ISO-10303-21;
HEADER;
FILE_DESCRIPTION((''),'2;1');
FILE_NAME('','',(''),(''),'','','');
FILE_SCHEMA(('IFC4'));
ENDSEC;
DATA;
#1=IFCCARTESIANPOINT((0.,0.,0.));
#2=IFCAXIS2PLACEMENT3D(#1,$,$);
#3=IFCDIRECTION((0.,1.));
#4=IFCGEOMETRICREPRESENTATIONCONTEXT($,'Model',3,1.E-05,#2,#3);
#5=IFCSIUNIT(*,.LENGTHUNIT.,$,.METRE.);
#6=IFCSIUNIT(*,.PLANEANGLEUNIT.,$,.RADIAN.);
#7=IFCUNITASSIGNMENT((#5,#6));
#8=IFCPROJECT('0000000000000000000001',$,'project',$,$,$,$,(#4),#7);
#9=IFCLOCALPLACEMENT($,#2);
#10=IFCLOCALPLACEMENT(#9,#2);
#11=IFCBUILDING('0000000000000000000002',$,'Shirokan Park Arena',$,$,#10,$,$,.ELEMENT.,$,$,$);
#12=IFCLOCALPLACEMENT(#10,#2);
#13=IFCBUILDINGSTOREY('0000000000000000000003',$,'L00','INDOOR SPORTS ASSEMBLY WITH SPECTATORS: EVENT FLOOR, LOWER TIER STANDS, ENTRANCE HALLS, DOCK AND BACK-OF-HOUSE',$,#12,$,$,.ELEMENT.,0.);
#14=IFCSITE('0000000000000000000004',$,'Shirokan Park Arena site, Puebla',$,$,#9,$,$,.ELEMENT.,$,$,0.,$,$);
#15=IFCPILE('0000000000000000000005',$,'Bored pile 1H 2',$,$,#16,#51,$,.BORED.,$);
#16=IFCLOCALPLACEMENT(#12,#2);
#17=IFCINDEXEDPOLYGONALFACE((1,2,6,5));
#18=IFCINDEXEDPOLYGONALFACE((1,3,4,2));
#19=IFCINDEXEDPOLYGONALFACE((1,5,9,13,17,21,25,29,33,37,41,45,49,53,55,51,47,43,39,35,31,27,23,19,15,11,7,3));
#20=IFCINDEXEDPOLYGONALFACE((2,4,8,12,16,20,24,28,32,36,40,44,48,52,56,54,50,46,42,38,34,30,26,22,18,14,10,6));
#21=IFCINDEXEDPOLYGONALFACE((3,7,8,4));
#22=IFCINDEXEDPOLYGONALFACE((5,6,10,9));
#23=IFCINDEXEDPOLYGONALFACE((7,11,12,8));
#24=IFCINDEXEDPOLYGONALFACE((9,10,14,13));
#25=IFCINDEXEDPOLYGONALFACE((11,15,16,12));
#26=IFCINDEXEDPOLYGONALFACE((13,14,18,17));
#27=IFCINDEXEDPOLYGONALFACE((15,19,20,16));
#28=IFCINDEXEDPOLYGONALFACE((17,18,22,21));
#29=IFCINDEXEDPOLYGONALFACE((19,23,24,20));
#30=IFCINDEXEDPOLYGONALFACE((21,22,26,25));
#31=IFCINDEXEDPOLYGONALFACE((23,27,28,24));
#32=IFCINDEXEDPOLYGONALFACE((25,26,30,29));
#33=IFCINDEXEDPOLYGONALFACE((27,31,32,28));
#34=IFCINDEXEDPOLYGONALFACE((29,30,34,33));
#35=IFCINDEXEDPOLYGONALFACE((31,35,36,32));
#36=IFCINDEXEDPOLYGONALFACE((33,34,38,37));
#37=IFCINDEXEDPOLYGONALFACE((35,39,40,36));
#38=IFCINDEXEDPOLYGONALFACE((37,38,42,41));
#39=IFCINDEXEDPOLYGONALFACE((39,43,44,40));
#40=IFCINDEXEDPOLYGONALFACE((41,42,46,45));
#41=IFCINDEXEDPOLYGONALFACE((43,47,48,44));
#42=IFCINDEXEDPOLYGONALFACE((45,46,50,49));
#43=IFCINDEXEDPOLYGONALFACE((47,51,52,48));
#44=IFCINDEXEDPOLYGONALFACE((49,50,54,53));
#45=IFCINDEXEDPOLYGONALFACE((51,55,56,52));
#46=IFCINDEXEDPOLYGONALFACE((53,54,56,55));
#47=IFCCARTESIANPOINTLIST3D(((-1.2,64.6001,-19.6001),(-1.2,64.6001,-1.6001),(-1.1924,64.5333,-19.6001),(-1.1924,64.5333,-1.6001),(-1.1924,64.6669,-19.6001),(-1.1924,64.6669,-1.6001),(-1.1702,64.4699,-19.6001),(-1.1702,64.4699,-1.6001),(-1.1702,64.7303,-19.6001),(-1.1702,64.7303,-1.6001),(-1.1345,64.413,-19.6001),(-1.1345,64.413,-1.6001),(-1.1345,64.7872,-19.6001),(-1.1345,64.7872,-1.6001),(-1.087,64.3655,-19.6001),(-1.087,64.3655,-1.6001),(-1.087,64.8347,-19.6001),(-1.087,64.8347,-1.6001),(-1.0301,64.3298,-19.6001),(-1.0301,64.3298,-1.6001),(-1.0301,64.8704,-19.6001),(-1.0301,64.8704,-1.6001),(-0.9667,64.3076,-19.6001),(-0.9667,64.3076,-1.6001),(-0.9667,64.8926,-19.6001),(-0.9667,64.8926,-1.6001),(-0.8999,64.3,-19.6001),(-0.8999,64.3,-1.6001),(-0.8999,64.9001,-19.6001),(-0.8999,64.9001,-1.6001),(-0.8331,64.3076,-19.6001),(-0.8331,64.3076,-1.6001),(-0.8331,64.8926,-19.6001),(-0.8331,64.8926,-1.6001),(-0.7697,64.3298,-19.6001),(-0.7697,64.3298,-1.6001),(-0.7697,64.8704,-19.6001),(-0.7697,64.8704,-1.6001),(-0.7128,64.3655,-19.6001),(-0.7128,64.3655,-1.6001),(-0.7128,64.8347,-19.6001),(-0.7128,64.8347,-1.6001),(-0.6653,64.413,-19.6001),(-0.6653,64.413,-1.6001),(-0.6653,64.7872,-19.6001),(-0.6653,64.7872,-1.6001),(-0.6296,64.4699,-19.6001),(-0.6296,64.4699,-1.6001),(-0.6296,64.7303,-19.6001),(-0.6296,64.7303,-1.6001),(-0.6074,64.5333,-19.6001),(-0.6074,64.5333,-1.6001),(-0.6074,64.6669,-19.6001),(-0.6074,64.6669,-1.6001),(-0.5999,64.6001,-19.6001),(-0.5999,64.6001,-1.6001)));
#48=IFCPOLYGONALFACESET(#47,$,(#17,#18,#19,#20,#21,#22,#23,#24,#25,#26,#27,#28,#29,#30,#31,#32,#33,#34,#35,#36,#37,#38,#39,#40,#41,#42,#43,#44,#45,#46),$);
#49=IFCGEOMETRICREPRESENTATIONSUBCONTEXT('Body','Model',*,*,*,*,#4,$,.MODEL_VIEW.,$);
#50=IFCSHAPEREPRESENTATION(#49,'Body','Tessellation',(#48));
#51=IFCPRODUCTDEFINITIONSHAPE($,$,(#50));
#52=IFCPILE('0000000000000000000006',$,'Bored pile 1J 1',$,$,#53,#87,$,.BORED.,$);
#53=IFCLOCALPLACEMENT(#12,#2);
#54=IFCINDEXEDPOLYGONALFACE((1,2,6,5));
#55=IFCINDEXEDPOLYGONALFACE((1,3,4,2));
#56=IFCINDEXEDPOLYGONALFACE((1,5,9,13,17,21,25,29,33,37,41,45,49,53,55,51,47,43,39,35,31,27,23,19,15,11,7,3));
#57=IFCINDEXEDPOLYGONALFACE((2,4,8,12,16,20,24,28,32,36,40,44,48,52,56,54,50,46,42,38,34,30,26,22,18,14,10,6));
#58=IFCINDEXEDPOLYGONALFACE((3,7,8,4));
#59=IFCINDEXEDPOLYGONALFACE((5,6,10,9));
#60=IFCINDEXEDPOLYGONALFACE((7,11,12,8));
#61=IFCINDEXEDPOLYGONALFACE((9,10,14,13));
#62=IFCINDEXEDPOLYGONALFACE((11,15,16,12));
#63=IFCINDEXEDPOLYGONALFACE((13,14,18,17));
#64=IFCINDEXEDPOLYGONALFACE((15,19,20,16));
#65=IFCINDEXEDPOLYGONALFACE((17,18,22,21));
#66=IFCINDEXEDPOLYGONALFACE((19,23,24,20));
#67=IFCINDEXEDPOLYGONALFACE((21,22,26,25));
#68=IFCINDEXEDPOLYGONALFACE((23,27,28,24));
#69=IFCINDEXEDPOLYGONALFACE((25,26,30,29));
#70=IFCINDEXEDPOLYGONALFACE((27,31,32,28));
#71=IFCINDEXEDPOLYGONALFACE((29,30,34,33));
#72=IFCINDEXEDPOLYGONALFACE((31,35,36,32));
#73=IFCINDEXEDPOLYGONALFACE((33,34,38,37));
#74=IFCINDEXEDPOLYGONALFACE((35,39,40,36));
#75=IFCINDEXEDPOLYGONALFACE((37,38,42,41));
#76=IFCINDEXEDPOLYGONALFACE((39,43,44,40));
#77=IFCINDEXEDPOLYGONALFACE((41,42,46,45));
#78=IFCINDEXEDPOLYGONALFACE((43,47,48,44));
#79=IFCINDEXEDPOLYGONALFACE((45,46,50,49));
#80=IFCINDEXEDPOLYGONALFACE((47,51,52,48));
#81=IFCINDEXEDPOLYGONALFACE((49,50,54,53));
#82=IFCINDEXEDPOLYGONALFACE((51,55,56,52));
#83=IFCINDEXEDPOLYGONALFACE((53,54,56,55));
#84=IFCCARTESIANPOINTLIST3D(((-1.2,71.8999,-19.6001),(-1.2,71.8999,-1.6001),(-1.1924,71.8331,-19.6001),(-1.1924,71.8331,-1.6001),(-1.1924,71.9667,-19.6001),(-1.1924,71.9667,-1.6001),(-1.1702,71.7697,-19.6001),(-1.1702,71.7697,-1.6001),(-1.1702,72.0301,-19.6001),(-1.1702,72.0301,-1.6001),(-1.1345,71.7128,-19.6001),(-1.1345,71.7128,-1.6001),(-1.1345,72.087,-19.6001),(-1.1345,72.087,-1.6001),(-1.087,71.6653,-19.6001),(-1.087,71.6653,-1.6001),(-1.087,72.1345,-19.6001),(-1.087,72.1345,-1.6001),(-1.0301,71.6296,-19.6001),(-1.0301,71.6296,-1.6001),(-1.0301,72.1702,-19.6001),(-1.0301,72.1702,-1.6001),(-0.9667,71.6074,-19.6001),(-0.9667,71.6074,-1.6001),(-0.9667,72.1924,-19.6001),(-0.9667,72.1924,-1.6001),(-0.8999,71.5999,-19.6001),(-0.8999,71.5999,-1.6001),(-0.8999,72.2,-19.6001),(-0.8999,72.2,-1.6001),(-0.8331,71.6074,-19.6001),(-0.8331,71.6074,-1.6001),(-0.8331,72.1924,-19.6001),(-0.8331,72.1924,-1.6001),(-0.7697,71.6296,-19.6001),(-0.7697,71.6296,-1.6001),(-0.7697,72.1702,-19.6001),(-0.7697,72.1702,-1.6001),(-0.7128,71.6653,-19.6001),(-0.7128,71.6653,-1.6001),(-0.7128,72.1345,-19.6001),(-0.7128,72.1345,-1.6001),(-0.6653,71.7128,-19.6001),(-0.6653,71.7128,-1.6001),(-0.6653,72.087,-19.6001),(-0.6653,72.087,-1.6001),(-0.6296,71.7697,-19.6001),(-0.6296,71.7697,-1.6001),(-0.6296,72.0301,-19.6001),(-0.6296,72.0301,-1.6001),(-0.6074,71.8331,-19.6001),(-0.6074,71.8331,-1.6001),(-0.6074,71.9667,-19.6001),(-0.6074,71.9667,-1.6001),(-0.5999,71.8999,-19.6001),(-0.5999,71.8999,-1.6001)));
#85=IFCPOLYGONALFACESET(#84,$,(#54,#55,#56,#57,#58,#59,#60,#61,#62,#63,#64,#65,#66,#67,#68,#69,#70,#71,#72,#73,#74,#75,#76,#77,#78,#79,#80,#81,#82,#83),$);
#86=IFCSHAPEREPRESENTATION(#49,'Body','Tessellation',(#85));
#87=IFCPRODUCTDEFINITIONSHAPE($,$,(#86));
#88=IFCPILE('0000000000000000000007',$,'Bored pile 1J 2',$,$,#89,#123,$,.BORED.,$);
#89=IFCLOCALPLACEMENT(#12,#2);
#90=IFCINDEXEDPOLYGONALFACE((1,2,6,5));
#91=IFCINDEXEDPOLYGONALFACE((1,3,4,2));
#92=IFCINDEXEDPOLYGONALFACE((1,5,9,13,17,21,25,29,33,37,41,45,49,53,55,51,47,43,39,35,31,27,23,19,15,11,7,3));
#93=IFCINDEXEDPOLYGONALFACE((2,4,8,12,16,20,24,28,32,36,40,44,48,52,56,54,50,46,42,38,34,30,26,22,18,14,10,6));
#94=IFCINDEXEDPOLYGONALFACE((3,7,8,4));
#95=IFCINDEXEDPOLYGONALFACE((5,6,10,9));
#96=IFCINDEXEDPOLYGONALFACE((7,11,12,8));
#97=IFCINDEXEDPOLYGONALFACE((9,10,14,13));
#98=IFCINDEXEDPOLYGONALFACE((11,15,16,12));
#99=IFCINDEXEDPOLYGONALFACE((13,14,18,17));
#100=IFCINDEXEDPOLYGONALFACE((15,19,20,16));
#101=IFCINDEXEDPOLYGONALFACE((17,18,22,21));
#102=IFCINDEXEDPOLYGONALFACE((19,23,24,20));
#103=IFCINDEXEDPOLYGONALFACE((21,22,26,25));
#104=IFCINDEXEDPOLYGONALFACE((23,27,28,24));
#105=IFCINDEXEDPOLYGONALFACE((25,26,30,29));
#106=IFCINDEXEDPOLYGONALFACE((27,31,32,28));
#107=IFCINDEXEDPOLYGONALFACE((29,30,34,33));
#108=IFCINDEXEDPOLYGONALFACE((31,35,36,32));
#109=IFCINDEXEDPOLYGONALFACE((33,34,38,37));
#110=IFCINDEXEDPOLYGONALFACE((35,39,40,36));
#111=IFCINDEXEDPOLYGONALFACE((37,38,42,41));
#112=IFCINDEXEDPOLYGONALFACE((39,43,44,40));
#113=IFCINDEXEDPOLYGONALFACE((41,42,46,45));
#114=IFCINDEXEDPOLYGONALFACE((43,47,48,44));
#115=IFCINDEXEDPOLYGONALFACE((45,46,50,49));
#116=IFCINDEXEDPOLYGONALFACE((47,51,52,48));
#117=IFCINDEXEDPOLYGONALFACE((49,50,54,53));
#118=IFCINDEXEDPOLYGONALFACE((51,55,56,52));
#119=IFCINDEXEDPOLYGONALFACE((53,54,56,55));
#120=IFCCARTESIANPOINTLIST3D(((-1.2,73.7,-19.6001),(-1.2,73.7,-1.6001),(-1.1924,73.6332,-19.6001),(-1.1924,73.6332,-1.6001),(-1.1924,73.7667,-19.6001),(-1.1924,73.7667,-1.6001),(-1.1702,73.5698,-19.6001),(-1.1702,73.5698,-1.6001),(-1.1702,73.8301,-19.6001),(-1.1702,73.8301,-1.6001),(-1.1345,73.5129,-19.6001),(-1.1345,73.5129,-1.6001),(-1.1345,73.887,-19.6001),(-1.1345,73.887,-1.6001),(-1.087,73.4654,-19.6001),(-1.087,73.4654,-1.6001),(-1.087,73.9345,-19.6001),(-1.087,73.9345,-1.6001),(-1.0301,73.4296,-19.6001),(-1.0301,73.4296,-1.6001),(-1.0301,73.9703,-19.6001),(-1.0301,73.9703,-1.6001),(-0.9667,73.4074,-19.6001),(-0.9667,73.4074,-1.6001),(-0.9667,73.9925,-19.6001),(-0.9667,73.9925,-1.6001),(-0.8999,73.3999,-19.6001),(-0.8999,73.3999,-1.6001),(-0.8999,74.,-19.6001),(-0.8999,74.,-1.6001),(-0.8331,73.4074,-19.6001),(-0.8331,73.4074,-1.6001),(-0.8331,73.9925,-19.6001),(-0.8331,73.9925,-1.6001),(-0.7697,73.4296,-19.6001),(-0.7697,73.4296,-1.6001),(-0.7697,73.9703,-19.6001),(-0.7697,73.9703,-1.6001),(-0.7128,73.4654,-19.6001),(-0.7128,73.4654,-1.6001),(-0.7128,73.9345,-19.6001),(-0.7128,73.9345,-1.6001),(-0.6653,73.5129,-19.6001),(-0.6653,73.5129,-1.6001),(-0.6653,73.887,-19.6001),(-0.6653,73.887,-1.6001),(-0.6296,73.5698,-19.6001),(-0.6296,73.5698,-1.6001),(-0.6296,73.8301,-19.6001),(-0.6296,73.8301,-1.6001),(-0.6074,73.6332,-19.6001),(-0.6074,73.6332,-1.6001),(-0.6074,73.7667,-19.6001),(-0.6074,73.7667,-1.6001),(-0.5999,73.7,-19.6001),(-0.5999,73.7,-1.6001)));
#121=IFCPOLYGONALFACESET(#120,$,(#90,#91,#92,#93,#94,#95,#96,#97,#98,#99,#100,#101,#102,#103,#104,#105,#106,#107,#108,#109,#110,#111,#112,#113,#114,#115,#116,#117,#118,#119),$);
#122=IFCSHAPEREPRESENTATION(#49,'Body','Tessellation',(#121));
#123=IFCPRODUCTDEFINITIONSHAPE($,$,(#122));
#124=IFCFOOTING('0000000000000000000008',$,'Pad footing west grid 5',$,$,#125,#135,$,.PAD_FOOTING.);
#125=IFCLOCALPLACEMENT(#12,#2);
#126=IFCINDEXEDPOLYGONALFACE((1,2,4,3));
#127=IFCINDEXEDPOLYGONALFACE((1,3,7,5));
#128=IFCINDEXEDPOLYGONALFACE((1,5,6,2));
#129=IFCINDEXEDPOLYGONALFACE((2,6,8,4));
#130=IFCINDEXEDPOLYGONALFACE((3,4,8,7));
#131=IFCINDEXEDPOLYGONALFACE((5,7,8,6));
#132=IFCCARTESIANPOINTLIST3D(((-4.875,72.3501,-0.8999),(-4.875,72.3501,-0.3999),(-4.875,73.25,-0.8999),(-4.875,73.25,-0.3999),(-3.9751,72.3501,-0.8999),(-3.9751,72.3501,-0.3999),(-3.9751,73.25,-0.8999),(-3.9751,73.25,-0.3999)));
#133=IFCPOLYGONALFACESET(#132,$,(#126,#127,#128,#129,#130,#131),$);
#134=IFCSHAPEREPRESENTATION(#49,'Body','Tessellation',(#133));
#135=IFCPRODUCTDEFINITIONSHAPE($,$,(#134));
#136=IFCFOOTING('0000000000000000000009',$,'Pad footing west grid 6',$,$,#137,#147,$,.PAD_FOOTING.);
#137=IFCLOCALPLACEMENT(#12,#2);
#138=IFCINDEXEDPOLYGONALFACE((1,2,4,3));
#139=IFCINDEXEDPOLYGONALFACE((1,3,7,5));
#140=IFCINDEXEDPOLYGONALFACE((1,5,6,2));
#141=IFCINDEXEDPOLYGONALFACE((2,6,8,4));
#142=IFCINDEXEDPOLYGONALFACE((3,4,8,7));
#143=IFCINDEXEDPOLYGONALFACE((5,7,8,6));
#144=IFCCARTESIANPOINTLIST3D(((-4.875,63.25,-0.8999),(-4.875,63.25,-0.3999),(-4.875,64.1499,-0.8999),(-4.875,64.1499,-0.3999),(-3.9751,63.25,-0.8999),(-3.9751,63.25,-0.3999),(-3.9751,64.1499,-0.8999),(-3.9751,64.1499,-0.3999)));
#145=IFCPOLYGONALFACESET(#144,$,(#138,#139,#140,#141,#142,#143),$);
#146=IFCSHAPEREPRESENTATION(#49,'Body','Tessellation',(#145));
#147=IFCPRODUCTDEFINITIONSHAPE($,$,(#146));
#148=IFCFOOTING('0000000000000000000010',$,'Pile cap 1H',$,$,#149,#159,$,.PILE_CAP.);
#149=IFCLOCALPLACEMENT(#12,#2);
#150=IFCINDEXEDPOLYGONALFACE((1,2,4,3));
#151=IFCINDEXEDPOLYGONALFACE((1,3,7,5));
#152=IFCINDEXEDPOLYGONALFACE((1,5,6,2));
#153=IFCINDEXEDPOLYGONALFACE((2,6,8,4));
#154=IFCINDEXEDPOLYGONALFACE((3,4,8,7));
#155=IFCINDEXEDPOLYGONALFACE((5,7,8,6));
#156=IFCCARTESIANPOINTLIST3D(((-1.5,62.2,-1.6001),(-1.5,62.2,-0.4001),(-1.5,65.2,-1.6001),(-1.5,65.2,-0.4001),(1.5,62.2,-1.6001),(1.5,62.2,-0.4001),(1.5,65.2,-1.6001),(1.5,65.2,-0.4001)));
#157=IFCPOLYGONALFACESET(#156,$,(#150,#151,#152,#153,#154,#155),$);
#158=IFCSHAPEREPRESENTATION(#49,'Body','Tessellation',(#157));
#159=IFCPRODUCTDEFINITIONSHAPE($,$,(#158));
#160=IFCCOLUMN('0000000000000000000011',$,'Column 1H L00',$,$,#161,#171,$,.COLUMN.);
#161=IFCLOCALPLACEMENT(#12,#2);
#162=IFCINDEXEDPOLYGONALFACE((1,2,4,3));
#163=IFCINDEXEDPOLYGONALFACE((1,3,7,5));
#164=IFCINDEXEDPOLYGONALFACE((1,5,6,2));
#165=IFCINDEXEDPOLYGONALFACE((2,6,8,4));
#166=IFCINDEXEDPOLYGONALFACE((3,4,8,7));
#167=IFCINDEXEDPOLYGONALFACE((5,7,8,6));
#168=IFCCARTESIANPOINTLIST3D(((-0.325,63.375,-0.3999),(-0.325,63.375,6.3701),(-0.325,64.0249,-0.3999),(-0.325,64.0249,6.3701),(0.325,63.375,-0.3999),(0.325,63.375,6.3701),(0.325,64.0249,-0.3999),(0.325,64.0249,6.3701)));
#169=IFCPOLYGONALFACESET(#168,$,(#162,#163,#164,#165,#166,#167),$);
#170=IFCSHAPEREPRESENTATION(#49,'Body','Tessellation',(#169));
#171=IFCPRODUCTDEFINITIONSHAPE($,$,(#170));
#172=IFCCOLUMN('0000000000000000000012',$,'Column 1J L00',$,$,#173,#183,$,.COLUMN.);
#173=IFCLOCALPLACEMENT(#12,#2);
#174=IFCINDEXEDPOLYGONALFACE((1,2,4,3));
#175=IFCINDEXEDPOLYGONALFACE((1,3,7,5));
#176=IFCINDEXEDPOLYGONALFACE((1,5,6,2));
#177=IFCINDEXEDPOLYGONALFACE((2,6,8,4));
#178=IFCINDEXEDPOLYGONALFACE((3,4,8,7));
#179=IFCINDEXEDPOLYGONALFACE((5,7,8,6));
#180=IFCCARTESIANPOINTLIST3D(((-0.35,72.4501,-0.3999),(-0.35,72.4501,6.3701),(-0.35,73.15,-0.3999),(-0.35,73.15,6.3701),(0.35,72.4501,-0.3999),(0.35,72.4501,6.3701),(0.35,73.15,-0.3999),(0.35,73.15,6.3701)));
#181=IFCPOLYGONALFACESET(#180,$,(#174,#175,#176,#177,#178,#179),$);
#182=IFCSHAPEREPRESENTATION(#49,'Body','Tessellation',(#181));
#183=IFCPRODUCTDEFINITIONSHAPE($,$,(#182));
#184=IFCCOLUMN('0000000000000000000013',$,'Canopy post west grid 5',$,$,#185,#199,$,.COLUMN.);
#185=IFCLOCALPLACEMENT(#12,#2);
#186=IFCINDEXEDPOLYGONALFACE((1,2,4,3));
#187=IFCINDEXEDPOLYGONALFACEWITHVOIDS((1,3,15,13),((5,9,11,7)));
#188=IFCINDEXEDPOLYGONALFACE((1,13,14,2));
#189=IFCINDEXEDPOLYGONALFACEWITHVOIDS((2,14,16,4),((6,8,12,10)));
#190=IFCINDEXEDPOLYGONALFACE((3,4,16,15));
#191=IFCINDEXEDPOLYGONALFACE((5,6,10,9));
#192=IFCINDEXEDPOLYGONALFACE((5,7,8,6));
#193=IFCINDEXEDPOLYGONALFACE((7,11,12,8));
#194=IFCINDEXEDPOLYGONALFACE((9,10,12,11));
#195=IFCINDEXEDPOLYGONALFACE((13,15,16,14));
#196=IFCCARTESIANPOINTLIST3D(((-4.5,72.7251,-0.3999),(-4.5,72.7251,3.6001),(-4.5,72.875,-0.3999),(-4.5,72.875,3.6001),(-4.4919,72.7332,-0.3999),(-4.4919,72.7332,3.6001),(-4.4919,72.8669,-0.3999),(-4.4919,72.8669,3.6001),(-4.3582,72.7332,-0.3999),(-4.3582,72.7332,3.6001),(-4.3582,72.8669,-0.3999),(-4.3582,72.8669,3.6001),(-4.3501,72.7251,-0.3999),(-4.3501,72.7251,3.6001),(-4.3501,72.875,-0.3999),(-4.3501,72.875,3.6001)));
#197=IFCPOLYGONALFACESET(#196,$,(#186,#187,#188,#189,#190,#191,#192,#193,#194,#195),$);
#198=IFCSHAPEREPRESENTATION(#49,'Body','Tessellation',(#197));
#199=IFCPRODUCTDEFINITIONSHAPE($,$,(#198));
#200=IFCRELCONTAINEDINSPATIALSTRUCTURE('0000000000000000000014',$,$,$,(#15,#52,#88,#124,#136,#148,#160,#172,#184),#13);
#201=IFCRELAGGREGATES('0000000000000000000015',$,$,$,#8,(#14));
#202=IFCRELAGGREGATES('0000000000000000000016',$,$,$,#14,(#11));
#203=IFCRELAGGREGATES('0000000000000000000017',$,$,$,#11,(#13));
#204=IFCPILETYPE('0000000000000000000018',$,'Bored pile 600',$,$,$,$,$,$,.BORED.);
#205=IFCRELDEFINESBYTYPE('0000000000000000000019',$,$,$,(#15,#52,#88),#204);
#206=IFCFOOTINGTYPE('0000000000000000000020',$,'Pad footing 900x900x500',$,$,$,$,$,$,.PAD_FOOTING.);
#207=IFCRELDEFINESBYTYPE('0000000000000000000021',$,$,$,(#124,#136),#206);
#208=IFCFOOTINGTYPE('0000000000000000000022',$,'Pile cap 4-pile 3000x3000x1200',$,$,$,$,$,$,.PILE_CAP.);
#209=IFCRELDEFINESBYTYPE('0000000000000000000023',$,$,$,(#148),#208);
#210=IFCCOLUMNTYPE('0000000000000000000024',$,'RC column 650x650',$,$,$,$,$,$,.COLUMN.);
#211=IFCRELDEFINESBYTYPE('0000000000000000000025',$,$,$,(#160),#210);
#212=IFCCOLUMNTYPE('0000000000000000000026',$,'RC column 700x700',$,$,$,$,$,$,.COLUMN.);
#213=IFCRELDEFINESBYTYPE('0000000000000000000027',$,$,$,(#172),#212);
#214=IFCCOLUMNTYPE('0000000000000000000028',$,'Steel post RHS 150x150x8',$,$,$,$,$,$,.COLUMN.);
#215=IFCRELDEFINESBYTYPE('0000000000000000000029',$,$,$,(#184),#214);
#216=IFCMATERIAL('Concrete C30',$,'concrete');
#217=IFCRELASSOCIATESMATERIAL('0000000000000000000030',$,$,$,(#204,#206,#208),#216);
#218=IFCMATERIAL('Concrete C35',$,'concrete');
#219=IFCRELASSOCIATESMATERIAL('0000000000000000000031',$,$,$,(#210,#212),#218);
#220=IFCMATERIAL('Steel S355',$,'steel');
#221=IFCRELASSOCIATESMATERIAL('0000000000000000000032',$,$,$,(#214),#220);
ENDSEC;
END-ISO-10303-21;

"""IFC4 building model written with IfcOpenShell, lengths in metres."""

from ifc_helpers import new_model, si_unit, direction, frame, origin, origin_2d, place, context, subcontext, project, spatial, rectangle, hollow_rectangle, circle, extrude, material, material_profile, profile_set, type_object, element, save


model = new_model("IFC4")

# Units and contexts
model_context = context("Model", 3, precision=1e-05, world=origin(), true_north=direction((0.0, 1.0)))
body_context = subcontext(model_context, "Body", "Model", "MODEL_VIEW")
ifc_project = project(units=[si_unit("LENGTHUNIT", "METRE"), si_unit("PLANEANGLEUNIT", "RADIAN")], contexts=[model_context])

# Site, building, storey
site_placement = place(None, origin())
site = spatial("IfcSite", under=ifc_project, at=site_placement, Name="Shirokan Park Arena site, Puebla", CompositionType="ELEMENT", RefElevation=0.0)
building_placement = place(site_placement, origin())
building = spatial("IfcBuilding", under=site, at=building_placement, Name="Shirokan Park Arena", CompositionType="ELEMENT")
storey_placement = place(building_placement, origin())
storey = spatial("IfcBuildingStorey", under=building, at=storey_placement, Name="L00", Description="INDOOR SPORTS ASSEMBLY WITH SPECTATORS: EVENT FLOOR, LOWER TIER STANDS, ENTRANCE HALLS, DOCK AND BACK-OF-HOUSE", CompositionType="ELEMENT", Elevation=0.0)

# Piles
ifc_material_1 = material(Name="Concrete C30", Category="concrete")
ifc_material_profile_1 = material_profile(ifc_material_1, circle(Radius=0.3, at=origin_2d()), Name="D600")
ifc_profile_set_1 = profile_set([ifc_material_profile_1], Name="Concrete C30")
pile_type = type_object("IfcPileType", Name="Bored pile 600", PredefinedType="BORED", material=ifc_profile_set_1)
for number, where, z_axis, x_axis, name in (
    (1, (-0.8999, 64.6001, -1.6001), (0.0, 0.0, -1.0), (1.0, 0.0, 0.0), "Bored pile 1H 2"),
    (2, (-0.8999, 71.8999, -1.6001), (0.0, 0.0, -1.0), (1.0, 0.0, 0.0), "Bored pile 1J 1"),
    (3, (-0.8999, 73.7, -1.6001), (0.0, 0.0, -1.0), (1.0, 0.0, 0.0), "Bored pile 1J 2"),
):
    element("IfcPile", number, at=place(storey_placement, frame(where, z_axis=z_axis, x_axis=x_axis)), inside=storey, type_object=pile_type, Name=name, PredefinedType="BORED", context=body_context, shape_type="SweptSolid", body=[
        extrude(circle(Radius=0.3, at=origin_2d()), origin(), (0.0, 0.0, 1.0), 18.0),
    ])

# Footings
footing_type_1 = type_object("IfcFootingType", Name="Pad footing 900x900x500", PredefinedType="PAD_FOOTING", material=ifc_material_1)
for number, where, z_axis, x_axis, name in (
    (4, (-4.425, 72.8, -0.8999), (0.0, 0.0, 1.0), (1.0, 0.0, 0.0), "Pad footing west grid 5"),
    (5, (-4.425, 63.7, -0.8999), (0.0, 0.0, 1.0), (1.0, 0.0, 0.0), "Pad footing west grid 6"),
):
    element("IfcFooting", number, at=place(storey_placement, frame(where, z_axis=z_axis, x_axis=x_axis)), inside=storey, type_object=footing_type_1, Name=name, PredefinedType="PAD_FOOTING", context=body_context, shape_type="SweptSolid", body=[
        extrude(rectangle(XDim=0.8999, YDim=0.8999, at=origin_2d()), origin(), (0.0, 0.0, 1.0), 0.5),
    ])
footing_type_2 = type_object("IfcFootingType", Name="Pile cap 4-pile 3000x3000x1200", PredefinedType="PILE_CAP", material=ifc_material_1)
footing_placement = place(storey_placement, frame((0.0, 63.7, -1.6001), z_axis=(0.0, 0.0, 1.0), x_axis=(1.0, 0.0, 0.0)))
element("IfcFooting", 6, at=footing_placement, inside=storey, type_object=footing_type_2, Name="Pile cap 1H", PredefinedType="PILE_CAP", context=body_context, shape_type="SweptSolid", body=[
    extrude(rectangle(XDim=3.0, YDim=3.0, at=origin_2d()), origin(), (0.0, 0.0, 1.0), 1.2),
])

# Columns
ifc_material_2 = material(Name="Concrete C35", Category="concrete")
ifc_material_profile_2 = material_profile(ifc_material_2, rectangle(XDim=0.6499, YDim=0.6499, at=origin_2d()), Name="650x650")
ifc_profile_set_2 = profile_set([ifc_material_profile_2], Name="Concrete C35")
column_type_1 = type_object("IfcColumnType", Name="RC column 650x650", PredefinedType="COLUMN", material=ifc_profile_set_2)
column_1_placement = place(storey_placement, frame((0.0, 63.7, -0.3999), z_axis=(0.0, 0.0, 1.0), x_axis=(1.0, 0.0, 0.0)))
element("IfcColumn", 7, at=column_1_placement, inside=storey, type_object=column_type_1, Name="Column 1H L00", PredefinedType="COLUMN", context=body_context, shape_type="SweptSolid", body=[
    extrude(rectangle(XDim=0.6499, YDim=0.6499, at=origin_2d()), origin(), (0.0, 0.0, 1.0), 6.77),
])
ifc_material_profile_3 = material_profile(ifc_material_2, rectangle(XDim=0.7, YDim=0.7, at=origin_2d()), Name="700x700")
ifc_profile_set_3 = profile_set([ifc_material_profile_3], Name="Concrete C35")
column_type_2 = type_object("IfcColumnType", Name="RC column 700x700", PredefinedType="COLUMN", material=ifc_profile_set_3)
column_2_placement = place(storey_placement, frame((0.0, 72.8, -0.3999), z_axis=(0.0, 0.0, 1.0), x_axis=(1.0, 0.0, 0.0)))
element("IfcColumn", 8, at=column_2_placement, inside=storey, type_object=column_type_2, Name="Column 1J L00", PredefinedType="COLUMN", context=body_context, shape_type="SweptSolid", body=[
    extrude(rectangle(XDim=0.7, YDim=0.7, at=origin_2d()), origin(), (0.0, 0.0, 1.0), 6.77),
])
ifc_material_3 = material(Name="Steel S355", Category="steel")
ifc_material_profile_4 = material_profile(ifc_material_3, hollow_rectangle(XDim=0.1499, YDim=0.1499, WallThickness=0.0081, at=origin_2d()), Name="RHS 150x150x8")
ifc_profile_set_4 = profile_set([ifc_material_profile_4], Name="Steel S355")
column_type_3 = type_object("IfcColumnType", Name="Steel post RHS 150x150x8", PredefinedType="COLUMN", material=ifc_profile_set_4)
for number, where, z_axis, x_axis, name in (
    (9, (-4.425, 72.8, -0.3999), (0.0, 0.0, 1.0), (1.0, 0.0, 0.0), "Canopy post west grid 5"),
):
    element("IfcColumn", number, at=place(storey_placement, frame(where, z_axis=z_axis, x_axis=x_axis)), inside=storey, type_object=column_type_3, Name=name, PredefinedType="COLUMN", context=body_context, shape_type="SweptSolid", body=[
        extrude(hollow_rectangle(XDim=0.1499, YDim=0.1499, WallThickness=0.0081, at=origin_2d()), origin(), (0.0, 0.0, 1.0), 4.0),
    ])

save(model, "model.ifc")
